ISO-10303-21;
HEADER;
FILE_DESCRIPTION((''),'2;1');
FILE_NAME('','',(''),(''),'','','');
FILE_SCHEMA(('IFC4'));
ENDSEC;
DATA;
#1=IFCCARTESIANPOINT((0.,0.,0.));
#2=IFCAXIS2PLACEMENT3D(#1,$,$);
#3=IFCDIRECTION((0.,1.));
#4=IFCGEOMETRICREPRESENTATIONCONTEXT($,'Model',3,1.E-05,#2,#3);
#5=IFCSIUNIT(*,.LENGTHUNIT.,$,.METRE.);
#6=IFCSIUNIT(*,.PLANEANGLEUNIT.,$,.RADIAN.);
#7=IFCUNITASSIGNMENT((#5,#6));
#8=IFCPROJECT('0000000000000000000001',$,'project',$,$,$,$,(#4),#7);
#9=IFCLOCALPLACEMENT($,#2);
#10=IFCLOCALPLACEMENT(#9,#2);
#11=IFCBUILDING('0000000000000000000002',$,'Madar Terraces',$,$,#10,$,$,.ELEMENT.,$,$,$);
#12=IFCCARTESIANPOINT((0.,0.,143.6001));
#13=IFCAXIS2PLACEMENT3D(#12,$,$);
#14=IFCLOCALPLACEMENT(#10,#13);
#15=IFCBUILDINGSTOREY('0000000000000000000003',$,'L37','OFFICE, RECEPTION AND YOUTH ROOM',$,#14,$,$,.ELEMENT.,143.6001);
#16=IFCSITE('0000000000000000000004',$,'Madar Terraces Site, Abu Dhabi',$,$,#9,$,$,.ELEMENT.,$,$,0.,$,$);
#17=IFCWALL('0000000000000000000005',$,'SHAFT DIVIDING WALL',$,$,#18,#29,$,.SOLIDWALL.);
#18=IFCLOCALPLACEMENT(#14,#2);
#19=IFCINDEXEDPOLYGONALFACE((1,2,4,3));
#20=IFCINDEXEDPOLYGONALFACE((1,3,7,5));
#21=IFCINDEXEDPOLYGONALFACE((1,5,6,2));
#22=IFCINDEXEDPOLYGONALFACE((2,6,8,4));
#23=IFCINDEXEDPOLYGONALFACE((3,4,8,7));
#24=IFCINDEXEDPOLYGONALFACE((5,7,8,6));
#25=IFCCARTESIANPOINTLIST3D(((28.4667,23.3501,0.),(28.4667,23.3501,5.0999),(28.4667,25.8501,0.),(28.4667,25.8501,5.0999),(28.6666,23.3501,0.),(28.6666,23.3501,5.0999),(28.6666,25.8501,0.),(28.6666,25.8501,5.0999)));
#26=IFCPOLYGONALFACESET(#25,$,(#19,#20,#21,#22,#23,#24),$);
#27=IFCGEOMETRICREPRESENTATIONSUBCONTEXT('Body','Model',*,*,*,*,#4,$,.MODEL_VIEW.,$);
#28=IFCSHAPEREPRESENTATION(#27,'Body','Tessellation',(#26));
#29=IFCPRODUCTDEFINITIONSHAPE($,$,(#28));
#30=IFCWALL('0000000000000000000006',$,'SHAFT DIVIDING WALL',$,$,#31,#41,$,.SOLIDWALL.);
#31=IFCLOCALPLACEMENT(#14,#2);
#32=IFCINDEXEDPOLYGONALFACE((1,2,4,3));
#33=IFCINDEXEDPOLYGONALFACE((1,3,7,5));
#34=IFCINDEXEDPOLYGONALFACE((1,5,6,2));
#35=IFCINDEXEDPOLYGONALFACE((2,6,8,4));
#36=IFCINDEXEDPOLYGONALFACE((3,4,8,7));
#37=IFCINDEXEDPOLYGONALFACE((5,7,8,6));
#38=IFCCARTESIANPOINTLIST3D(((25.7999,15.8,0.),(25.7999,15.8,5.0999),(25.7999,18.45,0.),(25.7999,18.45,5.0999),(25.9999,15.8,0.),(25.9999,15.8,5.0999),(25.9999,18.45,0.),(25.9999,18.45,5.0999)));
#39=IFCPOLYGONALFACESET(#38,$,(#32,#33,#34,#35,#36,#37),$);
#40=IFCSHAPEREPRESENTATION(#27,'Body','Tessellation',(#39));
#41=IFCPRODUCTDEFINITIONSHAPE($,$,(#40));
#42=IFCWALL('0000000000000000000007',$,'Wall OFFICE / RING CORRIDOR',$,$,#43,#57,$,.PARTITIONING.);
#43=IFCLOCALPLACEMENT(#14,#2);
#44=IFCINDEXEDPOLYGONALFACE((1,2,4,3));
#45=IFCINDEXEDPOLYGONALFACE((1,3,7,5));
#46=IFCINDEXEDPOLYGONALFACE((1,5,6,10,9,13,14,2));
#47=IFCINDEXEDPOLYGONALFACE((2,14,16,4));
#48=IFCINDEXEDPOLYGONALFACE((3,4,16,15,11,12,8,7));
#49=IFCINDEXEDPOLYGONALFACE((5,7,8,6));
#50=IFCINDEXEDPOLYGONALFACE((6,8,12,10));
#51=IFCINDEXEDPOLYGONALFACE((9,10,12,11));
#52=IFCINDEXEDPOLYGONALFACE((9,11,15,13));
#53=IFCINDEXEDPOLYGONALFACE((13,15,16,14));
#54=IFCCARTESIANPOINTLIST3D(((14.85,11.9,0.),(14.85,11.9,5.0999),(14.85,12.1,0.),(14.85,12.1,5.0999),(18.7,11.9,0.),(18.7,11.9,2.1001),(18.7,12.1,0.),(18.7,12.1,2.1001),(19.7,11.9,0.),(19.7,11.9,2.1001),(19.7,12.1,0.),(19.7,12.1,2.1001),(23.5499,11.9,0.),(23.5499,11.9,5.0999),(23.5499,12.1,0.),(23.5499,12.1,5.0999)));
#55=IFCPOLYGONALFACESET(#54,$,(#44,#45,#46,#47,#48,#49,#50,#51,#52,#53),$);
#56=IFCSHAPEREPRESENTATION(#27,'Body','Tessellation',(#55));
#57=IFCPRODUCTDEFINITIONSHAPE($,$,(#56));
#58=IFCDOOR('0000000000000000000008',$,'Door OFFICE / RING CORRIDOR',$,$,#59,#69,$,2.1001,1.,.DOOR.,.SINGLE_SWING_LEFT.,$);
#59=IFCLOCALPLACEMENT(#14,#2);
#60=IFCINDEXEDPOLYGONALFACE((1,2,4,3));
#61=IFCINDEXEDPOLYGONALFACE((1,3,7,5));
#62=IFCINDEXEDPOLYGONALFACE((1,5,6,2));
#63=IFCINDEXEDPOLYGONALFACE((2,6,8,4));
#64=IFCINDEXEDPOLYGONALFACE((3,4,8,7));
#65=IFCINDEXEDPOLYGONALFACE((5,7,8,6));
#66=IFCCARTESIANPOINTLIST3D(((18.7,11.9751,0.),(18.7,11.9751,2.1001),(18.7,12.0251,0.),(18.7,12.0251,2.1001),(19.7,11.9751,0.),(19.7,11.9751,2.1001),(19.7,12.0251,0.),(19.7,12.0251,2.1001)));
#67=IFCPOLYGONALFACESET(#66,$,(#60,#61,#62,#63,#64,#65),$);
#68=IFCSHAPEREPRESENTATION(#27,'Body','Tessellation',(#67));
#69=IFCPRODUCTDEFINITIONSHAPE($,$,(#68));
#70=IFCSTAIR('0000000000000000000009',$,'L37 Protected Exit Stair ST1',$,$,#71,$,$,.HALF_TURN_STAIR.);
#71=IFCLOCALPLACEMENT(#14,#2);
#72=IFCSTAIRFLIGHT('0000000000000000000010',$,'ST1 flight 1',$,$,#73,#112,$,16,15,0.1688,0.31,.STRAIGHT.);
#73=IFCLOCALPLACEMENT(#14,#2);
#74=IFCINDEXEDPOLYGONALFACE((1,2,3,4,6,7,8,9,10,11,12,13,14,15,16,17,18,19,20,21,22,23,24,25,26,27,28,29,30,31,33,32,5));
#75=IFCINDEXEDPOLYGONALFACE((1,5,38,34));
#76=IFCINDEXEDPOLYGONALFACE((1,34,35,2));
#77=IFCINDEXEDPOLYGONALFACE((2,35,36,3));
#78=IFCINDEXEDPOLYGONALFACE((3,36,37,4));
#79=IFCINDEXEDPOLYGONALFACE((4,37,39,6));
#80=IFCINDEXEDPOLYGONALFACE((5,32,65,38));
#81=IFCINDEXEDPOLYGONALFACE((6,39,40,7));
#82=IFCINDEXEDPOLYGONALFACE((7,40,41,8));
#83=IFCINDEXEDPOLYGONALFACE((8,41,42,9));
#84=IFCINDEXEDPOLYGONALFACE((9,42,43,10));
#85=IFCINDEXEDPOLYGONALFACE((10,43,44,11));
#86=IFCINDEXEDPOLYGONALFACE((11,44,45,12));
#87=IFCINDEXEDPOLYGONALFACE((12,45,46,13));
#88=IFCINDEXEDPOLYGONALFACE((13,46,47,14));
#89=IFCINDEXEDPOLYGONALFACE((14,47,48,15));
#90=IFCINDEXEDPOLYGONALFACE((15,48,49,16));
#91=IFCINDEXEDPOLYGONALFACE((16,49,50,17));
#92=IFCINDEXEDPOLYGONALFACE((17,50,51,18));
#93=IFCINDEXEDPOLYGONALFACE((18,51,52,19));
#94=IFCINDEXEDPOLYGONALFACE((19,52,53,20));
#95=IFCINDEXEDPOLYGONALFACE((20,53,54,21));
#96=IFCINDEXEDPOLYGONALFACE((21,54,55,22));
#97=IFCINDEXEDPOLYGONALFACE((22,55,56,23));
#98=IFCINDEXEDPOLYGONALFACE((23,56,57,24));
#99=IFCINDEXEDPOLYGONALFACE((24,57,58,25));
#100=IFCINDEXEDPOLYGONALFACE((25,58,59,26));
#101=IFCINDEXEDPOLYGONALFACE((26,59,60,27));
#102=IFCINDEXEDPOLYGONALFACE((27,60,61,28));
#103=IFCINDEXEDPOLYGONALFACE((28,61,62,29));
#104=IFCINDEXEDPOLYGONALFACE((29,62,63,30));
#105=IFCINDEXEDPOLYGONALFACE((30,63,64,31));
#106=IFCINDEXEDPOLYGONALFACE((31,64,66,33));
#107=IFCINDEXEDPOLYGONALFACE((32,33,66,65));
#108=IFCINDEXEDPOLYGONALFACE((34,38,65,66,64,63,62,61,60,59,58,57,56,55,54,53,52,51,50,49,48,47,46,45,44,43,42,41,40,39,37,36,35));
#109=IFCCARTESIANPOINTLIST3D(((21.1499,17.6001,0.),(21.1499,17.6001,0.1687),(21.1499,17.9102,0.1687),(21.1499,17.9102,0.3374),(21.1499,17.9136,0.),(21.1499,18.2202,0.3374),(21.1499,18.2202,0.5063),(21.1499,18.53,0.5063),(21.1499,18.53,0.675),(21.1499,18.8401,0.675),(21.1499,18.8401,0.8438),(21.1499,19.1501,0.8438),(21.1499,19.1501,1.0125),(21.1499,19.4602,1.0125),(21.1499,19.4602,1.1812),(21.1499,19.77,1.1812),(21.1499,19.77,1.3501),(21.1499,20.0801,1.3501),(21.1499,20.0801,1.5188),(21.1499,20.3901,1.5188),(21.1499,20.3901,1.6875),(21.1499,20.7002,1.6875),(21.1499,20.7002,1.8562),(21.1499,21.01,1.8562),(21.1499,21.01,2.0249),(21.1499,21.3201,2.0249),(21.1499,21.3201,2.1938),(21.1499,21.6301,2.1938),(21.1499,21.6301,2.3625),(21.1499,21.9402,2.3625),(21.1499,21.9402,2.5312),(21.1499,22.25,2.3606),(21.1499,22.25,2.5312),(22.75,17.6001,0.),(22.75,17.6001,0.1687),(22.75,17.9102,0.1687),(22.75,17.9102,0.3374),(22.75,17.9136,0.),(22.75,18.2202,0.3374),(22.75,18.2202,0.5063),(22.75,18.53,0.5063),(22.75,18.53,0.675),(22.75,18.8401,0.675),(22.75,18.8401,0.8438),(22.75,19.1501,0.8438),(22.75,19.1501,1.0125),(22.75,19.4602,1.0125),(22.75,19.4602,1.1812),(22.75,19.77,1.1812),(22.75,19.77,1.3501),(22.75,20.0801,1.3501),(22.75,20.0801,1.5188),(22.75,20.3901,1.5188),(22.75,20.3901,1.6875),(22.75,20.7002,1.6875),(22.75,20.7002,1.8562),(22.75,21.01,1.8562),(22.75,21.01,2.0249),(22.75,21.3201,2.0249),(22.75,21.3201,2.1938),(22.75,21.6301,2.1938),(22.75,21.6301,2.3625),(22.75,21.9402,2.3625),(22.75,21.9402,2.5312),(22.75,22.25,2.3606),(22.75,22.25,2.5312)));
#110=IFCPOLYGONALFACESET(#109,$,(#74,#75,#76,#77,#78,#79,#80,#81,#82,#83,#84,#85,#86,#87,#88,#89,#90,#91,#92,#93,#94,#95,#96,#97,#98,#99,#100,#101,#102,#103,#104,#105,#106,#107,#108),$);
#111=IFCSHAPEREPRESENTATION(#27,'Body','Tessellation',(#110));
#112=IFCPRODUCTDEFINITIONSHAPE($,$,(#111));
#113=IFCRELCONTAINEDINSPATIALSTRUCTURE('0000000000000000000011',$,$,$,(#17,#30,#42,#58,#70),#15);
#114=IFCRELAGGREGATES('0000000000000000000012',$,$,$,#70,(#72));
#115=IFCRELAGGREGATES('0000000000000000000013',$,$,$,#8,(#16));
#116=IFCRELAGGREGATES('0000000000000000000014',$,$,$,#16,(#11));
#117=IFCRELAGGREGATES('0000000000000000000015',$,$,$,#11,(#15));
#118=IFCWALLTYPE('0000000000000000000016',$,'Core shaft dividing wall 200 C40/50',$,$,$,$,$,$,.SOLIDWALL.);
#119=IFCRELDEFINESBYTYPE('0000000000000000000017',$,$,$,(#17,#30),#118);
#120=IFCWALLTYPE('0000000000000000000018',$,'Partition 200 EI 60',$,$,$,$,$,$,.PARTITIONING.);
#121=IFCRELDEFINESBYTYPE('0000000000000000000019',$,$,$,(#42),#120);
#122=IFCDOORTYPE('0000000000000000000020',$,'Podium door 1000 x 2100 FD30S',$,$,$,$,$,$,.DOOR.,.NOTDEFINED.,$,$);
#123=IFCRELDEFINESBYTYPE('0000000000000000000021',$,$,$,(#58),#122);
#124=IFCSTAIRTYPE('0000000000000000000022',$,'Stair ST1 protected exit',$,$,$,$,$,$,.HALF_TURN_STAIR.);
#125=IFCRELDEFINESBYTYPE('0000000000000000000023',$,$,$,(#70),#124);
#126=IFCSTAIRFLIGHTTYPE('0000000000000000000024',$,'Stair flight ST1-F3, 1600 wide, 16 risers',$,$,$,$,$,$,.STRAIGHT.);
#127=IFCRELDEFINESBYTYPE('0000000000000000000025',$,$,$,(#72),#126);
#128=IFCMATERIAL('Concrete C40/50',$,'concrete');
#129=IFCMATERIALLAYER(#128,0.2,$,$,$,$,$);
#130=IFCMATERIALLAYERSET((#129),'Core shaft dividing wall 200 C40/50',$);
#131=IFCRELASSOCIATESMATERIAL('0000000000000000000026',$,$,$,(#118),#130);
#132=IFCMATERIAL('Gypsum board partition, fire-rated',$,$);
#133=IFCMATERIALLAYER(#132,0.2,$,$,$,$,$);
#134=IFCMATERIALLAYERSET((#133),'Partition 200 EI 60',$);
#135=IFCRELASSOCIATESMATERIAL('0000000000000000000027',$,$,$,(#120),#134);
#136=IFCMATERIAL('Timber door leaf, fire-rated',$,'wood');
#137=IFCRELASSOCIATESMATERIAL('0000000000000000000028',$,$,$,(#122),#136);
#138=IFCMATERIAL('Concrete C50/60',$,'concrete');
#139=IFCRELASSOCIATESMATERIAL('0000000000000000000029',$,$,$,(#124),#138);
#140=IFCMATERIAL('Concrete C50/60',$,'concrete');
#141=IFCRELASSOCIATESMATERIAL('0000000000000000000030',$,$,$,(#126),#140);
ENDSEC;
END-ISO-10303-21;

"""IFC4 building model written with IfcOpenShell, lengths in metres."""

from ifc_helpers import new_model, si_unit, direction, frame, frame_2d, origin, place, context, subcontext, project, spatial, polyline, rectangle, outline, extrude, material, layer, layer_set, type_object, element, fill, aggregate, save


model = new_model("IFC4")

# Units and contexts
model_context = context("Model", 3, precision=1e-05, world=origin(), true_north=direction((0.0, 1.0)))
body_context = subcontext(model_context, "Body", "Model", "MODEL_VIEW")
ifc_project = project(units=[si_unit("LENGTHUNIT", "METRE"), si_unit("PLANEANGLEUNIT", "RADIAN")], contexts=[model_context])

# Site, building, storey
site_placement = place(None, origin())
site = spatial("IfcSite", under=ifc_project, at=site_placement, Name="Madar Terraces Site, Abu Dhabi", CompositionType="ELEMENT", RefElevation=0.0)
building_placement = place(site_placement, origin())
building = spatial("IfcBuilding", under=site, at=building_placement, Name="Madar Terraces", CompositionType="ELEMENT")
storey_placement = place(building_placement, frame((0.0, 0.0, 143.6001)))
storey = spatial("IfcBuildingStorey", under=building, at=storey_placement, Name="L37", Description="OFFICE, RECEPTION AND YOUTH ROOM", CompositionType="ELEMENT", Elevation=143.6001)

# Walls
ifc_material_1 = material(Name="Concrete C40/50", Category="concrete")
ifc_layer_1 = layer(ifc_material_1, 0.2)
ifc_layer_set_1 = layer_set([ifc_layer_1], Name="Core shaft dividing wall 200 C40/50")
wall_type_1 = type_object("IfcWallType", Name="Core shaft dividing wall 200 C40/50", PredefinedType="SOLIDWALL", material=ifc_layer_set_1)
wall_1_placement = place(storey_placement, frame((28.5667, 23.3501, 0.0), z_axis=(0.0, 0.0, 1.0), x_axis=(0.0, 1.0, 0.0)))
element("IfcWall", 1, at=wall_1_placement, inside=storey, type_object=wall_type_1, Name="SHAFT DIVIDING WALL", PredefinedType="SOLIDWALL", context=body_context, shape_type="SweptSolid", body=[
    extrude(rectangle(XDim=2.5, YDim=0.2, at=frame_2d((1.25, 0.0))), origin(), (0.0, 0.0, 1.0), 5.0999),
])
wall_2_placement = place(storey_placement, frame((25.8999, 15.8, 0.0), z_axis=(0.0, 0.0, 1.0), x_axis=(0.0, 1.0, 0.0)))
element("IfcWall", 2, at=wall_2_placement, inside=storey, type_object=wall_type_1, Name="SHAFT DIVIDING WALL", PredefinedType="SOLIDWALL", context=body_context, shape_type="SweptSolid", body=[
    extrude(rectangle(XDim=2.6499, YDim=0.2, at=frame_2d((1.325, 0.0))), origin(), (0.0, 0.0, 1.0), 5.0999),
])

# Wall, opening, door
ifc_material_2 = material(Name="Gypsum board partition, fire-rated")
ifc_layer_2 = layer(ifc_material_2, 0.2)
ifc_layer_set_2 = layer_set([ifc_layer_2], Name="Partition 200 EI 60")
wall_type_2 = type_object("IfcWallType", Name="Partition 200 EI 60", PredefinedType="PARTITIONING", material=ifc_layer_set_2)
wall_3_placement = place(storey_placement, frame((23.55, 12.0, 0.0), z_axis=(0.0, 0.0, 1.0), x_axis=(-1.0, 0.0, 0.0)))
wall_3 = element("IfcWall", 3, at=wall_3_placement, inside=storey, type_object=wall_type_2, Name="Wall OFFICE / RING CORRIDOR", PredefinedType="PARTITIONING", context=body_context, shape_type="SweptSolid", body=[
    extrude(rectangle(XDim=8.7, YDim=0.2, at=frame_2d((4.3501, 0.0))), origin(), (0.0, 0.0, 1.0), 5.0999),
])
opening_1_placement = place(wall_3_placement, frame((3.8501, 0.0, 0.0)))
opening_1 = element("IfcOpeningElement", 4, at=opening_1_placement, cuts=wall_3, PredefinedType="OPENING", context=body_context, shape_type="SweptSolid", body=[
    extrude(rectangle(XDim=1.0, YDim=2.1001, at=frame_2d((0.5, 1.05))), frame((0.0, 0.1099, 0.0), z_axis=(0.0, -1.0, 0.0), x_axis=(1.0, 0.0, 0.0)), (0.0, 0.0, 1.0), 0.22),
])
ifc_material_3 = material(Name="Timber door leaf, fire-rated", Category="wood")
door_type_1 = type_object("IfcDoorType", Name="Podium door 1000 x 2100 FD30S", OperationType="NOTDEFINED", PredefinedType="DOOR", material=ifc_material_3)
door_1_placement = place(opening_1_placement, origin())
door_1 = element("IfcDoor", 5, at=door_1_placement, inside=storey, type_object=door_type_1, Name="Door OFFICE / RING CORRIDOR", OperationType="SINGLE_SWING_LEFT", OverallHeight=2.1001, OverallWidth=1.0, PredefinedType="DOOR", context=body_context, shape_type="SweptSolid", body=[
    extrude(rectangle(XDim=1.0, YDim=2.1001, at=frame_2d((0.5, 1.05))), frame((0.0, 0.0249, 0.0), z_axis=(0.0, -1.0, 0.0), x_axis=(1.0, 0.0, 0.0)), (0.0, 0.0, 1.0), 0.05),
])
fill(opening_1, door_1)

# Stair, stair flight
ifc_material_4 = material(Name="Concrete C50/60", Category="concrete")
stair_type = type_object("IfcStairType", Name="Stair ST1 protected exit", PredefinedType="HALF_TURN_STAIR", material=ifc_material_4)
stair_placement = place(storey_placement, origin())
stair = element("IfcStair", 6, at=stair_placement, inside=storey, type_object=stair_type, Name="L37 Protected Exit Stair ST1", PredefinedType="HALF_TURN_STAIR")
ifc_material_5 = material(Name="Concrete C50/60", Category="concrete")
stair_flight_type = type_object("IfcStairFlightType", Name="Stair flight ST1-F3, 1600 wide, 16 risers", PredefinedType="STRAIGHT", material=ifc_material_5)
stair_flight_placement = place(storey_placement, frame((21.95, 17.6001, 0.0), z_axis=(0.0, 0.0, 1.0), x_axis=(0.0, 1.0, 0.0)))
stair_flight = element("IfcStairFlight", 7, at=stair_flight_placement, type_object=stair_flight_type, Name="ST1 flight 1", NumberOfRisers=16, NumberOfTreads=15, PredefinedType="STRAIGHT", RiserHeight=0.1688, TreadLength=0.31, context=body_context, shape_type="SweptSolid", body=[
    extrude(outline(polyline([(0.0, 0.0), (0.0, 0.1687), (0.3101, 0.1687), (0.3101, 0.3374), (0.6201, 0.3374), (0.6201, 0.5063), (0.9299, 0.5063), (0.9299, 0.675), (1.24, 0.675), (1.24, 0.8438), (1.55, 0.8438), (1.55, 1.0125), (1.8601, 1.0125), (1.8601, 1.1812), (2.1699, 1.1812), (2.1699, 1.3501), (2.48, 1.3501), (2.48, 1.5188), (2.79, 1.5188), (2.79, 1.6875), (3.1001, 1.6875), (3.1001, 1.8562), (3.4099, 1.8562), (3.4099, 2.0249), (3.72, 2.0249), (3.72, 2.1938), (4.03, 2.1938), (4.03, 2.3625), (4.3401, 2.3625), (4.3401, 2.5312), (4.6499, 2.5312), (4.6499, 2.7), (4.6499, 2.3606), (0.3135, 0.0), (0.0, 0.0)])), frame((0.0, 0.8, 0.0), z_axis=(0.0, -1.0, 0.0), x_axis=(1.0, 0.0, 0.0)), (0.0, 0.0, 1.0), 1.6001),
])
aggregate(stair, [stair_flight])

save(model, "model.ifc")
